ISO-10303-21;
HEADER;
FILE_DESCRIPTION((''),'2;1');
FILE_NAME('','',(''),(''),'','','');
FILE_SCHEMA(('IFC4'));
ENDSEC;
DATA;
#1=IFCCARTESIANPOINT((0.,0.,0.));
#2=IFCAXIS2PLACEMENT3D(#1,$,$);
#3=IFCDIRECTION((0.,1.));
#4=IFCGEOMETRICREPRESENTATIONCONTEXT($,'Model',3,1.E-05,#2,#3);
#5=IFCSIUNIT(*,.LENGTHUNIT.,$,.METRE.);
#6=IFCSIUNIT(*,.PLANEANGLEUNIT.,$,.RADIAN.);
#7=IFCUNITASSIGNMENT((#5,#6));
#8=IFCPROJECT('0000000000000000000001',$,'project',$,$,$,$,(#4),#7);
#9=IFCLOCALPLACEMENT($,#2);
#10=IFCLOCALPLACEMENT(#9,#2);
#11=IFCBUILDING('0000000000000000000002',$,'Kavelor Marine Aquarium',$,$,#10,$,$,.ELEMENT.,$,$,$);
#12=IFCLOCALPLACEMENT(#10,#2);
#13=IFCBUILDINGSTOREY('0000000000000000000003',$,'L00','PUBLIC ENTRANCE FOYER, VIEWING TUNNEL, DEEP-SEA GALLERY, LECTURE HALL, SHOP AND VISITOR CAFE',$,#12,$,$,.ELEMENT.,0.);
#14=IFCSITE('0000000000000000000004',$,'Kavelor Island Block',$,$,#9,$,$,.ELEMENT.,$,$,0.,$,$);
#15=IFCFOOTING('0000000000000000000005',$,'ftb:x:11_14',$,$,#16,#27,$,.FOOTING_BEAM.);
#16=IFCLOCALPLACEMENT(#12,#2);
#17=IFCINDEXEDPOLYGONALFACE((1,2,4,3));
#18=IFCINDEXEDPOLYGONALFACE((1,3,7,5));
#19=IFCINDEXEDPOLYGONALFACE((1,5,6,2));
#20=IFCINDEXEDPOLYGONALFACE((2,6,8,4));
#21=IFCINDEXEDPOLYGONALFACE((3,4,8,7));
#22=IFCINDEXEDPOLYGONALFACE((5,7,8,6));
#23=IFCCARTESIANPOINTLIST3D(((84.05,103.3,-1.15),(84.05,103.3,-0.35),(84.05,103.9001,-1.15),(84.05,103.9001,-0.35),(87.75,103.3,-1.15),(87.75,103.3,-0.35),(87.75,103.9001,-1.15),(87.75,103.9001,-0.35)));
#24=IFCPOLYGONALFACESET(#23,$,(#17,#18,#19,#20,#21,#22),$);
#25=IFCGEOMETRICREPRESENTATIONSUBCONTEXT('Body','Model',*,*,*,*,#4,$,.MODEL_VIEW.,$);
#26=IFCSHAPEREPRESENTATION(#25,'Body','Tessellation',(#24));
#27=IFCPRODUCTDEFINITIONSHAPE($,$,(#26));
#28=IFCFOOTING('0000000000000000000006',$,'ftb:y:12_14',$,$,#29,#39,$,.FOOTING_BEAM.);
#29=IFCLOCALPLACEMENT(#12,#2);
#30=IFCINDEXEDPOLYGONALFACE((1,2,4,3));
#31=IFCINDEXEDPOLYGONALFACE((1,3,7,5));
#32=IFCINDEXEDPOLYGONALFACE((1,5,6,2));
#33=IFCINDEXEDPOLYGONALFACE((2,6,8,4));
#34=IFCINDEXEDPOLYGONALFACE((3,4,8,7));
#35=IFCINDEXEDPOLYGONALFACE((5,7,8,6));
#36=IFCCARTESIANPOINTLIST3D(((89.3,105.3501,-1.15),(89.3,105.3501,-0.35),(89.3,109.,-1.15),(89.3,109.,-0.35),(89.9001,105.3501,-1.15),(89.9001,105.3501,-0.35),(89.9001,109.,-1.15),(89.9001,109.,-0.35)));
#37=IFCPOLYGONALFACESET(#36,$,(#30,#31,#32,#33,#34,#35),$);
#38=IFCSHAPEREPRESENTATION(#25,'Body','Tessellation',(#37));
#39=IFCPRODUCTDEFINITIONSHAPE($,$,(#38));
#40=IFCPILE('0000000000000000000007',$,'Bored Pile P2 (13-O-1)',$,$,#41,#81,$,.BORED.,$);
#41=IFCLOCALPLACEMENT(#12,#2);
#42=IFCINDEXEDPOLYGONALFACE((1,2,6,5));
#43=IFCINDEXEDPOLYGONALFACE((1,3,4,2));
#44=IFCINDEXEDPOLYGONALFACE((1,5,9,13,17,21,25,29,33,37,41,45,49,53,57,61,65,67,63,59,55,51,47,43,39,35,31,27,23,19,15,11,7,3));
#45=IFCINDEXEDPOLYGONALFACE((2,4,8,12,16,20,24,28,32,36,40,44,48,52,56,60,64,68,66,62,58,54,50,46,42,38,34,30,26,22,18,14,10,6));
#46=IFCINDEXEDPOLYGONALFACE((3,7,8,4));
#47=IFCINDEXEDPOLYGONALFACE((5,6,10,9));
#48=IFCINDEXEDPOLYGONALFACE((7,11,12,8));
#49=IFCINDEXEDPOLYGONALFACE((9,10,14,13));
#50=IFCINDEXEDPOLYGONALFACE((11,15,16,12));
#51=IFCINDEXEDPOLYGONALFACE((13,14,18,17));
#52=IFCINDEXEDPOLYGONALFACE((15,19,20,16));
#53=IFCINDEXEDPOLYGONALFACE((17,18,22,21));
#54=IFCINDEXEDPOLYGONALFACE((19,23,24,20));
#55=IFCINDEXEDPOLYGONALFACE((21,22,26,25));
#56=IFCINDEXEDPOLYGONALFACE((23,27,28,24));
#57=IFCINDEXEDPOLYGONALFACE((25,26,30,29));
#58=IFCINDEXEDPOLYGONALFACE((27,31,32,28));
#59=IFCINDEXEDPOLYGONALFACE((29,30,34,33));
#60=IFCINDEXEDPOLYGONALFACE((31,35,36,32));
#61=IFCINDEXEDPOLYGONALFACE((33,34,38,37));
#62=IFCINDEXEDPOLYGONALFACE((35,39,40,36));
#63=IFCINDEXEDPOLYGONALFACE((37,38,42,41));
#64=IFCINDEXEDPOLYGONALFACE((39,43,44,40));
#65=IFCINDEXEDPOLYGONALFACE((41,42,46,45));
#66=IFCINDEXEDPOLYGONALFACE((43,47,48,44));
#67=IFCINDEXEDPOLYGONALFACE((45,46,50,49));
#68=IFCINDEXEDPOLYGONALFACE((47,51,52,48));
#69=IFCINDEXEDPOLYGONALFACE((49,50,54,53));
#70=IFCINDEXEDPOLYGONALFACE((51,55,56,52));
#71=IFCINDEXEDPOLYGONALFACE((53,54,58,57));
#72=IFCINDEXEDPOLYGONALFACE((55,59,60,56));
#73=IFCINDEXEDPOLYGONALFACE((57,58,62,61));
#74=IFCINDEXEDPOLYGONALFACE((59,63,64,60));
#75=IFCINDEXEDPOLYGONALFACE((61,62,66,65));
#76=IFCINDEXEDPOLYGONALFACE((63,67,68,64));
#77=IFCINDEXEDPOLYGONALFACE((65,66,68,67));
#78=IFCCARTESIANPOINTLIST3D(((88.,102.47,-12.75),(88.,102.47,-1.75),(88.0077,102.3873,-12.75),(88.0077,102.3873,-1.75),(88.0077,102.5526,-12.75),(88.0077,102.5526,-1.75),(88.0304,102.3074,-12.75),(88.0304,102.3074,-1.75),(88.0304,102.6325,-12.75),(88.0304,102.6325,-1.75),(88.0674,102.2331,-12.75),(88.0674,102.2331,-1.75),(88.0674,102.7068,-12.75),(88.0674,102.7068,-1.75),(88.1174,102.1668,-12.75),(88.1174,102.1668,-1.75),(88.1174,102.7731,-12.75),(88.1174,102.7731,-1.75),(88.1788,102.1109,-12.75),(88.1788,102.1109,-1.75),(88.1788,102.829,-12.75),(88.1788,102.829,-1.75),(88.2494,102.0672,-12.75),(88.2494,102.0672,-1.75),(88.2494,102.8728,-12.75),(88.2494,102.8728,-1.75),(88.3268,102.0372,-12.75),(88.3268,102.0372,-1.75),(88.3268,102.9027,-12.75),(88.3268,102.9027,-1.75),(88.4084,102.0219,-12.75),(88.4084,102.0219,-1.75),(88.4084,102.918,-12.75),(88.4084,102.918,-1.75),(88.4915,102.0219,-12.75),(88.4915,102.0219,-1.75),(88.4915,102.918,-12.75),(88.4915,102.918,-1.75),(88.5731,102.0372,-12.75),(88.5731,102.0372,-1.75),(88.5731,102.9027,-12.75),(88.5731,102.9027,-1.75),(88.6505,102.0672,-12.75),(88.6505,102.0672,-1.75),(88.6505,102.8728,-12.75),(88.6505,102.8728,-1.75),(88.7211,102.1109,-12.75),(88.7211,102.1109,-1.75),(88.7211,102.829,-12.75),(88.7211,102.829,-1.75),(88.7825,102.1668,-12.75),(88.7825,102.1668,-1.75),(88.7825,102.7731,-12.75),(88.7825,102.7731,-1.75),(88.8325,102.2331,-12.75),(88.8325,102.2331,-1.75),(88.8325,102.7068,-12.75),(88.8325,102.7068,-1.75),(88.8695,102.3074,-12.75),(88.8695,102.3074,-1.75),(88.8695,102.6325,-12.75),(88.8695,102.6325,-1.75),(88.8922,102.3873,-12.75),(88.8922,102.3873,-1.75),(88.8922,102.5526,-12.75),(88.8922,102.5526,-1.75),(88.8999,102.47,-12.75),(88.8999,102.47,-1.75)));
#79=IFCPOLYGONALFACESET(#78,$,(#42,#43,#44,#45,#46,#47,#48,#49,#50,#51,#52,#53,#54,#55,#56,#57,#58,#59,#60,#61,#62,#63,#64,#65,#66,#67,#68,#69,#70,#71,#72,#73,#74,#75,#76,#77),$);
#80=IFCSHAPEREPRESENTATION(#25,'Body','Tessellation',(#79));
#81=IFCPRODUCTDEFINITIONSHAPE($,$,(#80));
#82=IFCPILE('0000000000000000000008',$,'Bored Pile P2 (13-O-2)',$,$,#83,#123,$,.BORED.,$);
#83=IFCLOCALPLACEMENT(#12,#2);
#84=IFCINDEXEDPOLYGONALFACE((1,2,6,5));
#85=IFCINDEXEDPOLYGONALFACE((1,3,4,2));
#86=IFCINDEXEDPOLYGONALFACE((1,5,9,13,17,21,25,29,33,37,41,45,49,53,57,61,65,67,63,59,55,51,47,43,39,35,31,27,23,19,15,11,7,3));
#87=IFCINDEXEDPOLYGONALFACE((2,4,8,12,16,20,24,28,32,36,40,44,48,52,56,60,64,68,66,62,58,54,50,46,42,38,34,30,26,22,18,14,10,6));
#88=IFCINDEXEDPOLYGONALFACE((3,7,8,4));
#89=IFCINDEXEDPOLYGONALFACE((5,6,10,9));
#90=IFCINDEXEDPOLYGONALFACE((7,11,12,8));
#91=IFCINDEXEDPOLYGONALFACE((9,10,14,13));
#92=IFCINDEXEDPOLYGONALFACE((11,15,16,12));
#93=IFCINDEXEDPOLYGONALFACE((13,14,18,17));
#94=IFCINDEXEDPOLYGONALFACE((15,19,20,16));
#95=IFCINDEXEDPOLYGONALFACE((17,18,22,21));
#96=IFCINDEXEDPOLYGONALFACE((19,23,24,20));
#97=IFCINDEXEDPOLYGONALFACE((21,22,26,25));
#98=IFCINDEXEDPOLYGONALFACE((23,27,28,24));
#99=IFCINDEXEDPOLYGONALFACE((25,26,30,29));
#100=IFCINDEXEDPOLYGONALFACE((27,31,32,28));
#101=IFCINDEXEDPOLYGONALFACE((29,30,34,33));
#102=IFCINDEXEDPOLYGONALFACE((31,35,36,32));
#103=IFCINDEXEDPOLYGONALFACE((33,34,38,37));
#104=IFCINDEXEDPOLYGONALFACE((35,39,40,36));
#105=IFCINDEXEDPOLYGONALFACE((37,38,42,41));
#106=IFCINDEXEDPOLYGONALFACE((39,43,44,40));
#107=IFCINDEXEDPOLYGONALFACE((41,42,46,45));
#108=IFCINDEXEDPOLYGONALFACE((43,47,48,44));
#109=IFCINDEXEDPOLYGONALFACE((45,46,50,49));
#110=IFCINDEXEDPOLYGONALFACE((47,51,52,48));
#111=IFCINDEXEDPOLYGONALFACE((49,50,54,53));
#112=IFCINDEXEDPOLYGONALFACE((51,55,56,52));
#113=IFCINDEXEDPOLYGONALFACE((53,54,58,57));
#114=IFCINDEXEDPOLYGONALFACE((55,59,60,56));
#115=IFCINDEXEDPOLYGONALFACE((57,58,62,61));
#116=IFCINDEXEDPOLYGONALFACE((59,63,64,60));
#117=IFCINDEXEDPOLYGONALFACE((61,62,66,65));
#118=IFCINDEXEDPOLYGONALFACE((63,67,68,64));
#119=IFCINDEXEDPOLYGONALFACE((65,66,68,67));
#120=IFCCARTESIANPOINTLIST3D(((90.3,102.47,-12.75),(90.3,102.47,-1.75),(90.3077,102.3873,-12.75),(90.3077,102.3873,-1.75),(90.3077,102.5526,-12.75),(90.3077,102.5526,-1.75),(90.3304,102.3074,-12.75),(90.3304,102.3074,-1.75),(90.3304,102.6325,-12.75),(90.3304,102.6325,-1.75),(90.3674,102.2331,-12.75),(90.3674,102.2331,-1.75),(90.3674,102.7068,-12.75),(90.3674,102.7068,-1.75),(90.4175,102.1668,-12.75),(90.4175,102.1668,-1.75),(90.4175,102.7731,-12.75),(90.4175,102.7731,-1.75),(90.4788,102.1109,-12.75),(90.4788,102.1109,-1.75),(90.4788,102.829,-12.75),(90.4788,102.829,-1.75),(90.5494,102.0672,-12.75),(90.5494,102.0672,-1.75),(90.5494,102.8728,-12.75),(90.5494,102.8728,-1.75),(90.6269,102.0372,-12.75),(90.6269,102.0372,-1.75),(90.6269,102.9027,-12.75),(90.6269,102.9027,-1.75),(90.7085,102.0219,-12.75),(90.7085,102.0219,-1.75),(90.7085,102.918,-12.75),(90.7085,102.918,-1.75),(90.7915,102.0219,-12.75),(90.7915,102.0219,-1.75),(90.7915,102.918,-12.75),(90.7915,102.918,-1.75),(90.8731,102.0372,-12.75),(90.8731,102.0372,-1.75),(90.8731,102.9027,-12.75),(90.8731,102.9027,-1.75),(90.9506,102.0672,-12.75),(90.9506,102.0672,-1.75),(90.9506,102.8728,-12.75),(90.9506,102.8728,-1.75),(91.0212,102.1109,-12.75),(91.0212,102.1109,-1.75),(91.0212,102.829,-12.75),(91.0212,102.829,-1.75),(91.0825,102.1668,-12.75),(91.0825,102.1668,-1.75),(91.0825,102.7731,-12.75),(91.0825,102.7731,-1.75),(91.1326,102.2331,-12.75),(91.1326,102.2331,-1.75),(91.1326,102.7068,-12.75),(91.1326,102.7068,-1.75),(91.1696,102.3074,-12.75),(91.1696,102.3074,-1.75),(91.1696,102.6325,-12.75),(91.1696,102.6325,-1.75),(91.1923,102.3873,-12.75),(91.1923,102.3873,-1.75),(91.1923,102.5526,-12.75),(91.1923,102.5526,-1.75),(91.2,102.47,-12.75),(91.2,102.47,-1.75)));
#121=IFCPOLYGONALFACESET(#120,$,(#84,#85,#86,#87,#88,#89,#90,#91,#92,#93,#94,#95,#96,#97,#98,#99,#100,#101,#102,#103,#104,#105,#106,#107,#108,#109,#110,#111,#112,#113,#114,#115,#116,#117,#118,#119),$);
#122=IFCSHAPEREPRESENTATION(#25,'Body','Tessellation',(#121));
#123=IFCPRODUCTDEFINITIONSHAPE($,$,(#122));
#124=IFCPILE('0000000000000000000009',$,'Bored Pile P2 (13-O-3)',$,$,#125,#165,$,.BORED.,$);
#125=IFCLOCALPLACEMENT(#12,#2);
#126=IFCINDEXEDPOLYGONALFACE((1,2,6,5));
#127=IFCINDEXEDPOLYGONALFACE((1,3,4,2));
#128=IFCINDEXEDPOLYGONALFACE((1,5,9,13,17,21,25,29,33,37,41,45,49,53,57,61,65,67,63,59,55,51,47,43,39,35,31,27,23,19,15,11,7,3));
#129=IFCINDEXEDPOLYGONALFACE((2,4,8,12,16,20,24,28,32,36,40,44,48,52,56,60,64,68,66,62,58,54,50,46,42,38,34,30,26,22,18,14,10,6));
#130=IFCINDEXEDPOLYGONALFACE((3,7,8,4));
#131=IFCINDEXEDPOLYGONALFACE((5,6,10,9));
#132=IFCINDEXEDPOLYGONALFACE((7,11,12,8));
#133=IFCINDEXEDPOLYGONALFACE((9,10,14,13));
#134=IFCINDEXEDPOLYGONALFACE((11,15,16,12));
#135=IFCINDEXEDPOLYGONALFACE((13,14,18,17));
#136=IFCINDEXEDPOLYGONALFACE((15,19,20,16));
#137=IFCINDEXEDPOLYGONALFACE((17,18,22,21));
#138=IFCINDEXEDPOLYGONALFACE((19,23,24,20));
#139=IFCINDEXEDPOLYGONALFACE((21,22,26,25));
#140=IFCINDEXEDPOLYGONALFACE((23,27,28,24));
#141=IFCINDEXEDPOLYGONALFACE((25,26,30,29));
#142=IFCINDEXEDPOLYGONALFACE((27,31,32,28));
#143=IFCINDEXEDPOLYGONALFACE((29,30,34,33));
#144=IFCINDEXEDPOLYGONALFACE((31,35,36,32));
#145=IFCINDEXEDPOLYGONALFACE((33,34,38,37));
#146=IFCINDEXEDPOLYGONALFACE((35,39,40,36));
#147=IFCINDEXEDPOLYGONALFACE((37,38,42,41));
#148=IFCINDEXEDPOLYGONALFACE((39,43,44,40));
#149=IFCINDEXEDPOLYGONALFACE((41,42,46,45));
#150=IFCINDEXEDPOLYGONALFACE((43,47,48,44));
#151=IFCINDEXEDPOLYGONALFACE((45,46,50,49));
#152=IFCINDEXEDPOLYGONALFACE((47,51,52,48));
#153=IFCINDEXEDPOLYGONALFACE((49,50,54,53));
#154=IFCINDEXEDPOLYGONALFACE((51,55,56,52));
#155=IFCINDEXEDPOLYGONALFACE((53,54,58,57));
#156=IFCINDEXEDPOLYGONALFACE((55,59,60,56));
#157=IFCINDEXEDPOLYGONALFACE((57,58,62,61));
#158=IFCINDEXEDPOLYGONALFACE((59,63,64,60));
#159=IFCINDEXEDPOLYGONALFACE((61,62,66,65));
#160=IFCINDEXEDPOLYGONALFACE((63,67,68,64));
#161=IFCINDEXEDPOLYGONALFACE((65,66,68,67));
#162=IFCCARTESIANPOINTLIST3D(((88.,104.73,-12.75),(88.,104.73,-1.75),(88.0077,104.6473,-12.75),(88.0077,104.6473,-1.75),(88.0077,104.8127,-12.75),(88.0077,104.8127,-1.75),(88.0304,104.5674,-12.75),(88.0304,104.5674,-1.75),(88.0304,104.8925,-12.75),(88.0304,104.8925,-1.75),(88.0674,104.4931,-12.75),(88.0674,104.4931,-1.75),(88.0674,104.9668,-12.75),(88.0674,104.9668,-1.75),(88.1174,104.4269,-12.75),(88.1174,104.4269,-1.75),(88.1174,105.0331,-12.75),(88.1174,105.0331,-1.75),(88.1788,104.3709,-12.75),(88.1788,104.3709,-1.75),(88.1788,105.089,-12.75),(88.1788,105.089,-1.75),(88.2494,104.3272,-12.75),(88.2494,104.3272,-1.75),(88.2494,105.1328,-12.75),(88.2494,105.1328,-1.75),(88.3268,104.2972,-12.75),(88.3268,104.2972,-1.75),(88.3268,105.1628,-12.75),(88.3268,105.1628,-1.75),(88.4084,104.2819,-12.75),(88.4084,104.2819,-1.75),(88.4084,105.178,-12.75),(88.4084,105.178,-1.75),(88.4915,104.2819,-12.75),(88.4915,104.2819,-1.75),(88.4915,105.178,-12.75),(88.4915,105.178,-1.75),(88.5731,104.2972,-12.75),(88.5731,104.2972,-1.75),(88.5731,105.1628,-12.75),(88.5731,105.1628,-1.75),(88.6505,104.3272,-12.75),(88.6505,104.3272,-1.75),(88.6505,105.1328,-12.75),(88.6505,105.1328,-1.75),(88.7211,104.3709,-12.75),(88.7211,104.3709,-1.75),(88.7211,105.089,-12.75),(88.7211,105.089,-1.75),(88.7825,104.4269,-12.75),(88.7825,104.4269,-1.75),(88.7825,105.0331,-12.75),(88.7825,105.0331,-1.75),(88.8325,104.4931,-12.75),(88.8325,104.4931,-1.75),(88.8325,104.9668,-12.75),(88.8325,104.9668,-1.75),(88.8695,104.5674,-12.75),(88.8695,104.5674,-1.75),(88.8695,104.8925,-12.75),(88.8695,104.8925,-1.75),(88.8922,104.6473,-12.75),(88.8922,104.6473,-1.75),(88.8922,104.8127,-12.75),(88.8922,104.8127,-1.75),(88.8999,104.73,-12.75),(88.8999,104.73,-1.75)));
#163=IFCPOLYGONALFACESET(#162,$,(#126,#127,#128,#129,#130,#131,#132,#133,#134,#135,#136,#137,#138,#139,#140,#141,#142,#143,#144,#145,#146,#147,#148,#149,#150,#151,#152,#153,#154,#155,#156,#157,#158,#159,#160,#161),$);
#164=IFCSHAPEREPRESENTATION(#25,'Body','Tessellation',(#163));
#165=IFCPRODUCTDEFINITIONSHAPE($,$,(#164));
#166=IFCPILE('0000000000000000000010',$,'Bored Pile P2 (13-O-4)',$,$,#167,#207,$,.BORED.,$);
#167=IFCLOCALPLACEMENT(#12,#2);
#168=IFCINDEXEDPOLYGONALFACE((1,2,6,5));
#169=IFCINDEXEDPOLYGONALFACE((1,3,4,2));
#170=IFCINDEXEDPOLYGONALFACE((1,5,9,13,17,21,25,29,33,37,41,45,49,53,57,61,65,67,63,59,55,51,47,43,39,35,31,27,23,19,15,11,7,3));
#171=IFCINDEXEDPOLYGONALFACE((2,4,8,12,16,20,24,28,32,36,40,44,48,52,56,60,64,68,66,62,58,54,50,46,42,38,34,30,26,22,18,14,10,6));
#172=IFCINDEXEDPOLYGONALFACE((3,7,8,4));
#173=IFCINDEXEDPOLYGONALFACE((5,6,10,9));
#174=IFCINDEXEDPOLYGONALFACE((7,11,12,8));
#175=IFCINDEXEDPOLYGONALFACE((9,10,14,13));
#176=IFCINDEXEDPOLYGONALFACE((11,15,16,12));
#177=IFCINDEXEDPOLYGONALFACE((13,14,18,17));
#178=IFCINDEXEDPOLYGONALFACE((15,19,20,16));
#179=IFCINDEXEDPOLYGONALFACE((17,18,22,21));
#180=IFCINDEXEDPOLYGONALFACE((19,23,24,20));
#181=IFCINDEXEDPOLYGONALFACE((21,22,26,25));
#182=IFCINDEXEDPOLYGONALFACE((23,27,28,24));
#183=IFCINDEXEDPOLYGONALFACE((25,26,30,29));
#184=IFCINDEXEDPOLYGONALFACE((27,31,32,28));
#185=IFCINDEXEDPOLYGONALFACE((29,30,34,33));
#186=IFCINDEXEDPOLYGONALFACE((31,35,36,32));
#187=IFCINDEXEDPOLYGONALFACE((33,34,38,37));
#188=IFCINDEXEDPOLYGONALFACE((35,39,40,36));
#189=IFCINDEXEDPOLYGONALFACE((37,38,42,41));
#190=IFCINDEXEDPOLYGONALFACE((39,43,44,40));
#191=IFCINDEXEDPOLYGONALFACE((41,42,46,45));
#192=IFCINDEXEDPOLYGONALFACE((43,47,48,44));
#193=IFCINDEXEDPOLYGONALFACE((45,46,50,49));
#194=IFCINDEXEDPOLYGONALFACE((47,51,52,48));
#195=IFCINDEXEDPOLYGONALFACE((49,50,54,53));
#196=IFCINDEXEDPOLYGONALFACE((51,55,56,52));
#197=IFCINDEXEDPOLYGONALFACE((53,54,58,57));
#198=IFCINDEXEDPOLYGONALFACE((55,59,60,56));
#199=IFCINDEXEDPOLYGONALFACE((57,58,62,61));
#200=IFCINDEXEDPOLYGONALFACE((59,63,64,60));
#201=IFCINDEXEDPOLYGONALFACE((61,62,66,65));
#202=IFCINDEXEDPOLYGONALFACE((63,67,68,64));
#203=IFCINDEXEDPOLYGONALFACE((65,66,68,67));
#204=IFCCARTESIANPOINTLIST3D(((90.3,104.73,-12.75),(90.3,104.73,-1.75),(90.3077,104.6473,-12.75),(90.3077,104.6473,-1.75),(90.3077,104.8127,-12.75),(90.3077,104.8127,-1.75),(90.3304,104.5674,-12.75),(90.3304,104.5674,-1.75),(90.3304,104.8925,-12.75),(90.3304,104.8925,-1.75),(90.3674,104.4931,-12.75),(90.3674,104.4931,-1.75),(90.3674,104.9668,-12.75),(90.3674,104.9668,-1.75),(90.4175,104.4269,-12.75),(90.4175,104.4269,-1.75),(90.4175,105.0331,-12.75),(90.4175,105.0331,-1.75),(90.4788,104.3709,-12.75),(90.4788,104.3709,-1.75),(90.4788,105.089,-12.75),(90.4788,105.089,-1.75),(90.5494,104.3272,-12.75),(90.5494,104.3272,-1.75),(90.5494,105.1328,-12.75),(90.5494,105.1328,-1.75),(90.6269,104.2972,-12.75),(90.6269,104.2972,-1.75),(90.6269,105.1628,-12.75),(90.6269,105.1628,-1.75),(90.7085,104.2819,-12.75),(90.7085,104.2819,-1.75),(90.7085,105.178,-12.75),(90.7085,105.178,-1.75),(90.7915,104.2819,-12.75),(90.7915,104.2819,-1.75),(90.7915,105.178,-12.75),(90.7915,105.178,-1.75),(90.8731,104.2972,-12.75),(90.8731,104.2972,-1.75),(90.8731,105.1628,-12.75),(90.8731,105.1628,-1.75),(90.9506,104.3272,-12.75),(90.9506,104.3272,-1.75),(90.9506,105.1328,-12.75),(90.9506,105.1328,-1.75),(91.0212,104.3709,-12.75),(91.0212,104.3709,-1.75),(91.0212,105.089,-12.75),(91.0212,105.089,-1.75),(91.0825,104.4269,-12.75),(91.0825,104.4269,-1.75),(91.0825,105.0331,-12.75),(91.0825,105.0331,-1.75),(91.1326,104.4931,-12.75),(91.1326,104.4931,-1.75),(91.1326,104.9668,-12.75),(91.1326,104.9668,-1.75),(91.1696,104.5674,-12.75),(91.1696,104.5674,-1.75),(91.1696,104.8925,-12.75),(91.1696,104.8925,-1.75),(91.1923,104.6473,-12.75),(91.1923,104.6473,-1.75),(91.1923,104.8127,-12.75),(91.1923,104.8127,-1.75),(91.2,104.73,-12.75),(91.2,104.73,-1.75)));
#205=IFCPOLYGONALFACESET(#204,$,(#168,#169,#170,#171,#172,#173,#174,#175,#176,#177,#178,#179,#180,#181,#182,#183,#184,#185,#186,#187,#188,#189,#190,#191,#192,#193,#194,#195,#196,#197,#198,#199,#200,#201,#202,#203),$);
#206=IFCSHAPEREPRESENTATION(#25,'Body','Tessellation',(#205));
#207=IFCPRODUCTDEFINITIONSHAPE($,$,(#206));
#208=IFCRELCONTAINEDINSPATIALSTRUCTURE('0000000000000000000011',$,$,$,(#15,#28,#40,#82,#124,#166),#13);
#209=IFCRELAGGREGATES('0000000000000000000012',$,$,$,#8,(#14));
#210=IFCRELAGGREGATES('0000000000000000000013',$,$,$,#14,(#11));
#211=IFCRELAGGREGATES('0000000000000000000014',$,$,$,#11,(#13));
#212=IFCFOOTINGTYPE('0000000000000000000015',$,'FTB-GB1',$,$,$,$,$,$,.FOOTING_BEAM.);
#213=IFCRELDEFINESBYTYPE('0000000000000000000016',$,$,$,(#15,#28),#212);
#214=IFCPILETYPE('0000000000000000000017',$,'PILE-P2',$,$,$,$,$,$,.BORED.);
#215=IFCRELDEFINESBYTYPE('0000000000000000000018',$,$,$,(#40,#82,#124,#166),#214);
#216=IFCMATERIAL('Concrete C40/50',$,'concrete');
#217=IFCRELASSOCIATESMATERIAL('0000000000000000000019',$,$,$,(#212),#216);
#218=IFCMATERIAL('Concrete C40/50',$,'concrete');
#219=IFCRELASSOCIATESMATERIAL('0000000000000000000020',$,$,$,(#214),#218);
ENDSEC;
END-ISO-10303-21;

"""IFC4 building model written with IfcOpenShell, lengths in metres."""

from ifc_helpers import new_model, si_unit, direction, frame, origin, origin_2d, place, context, subcontext, project, spatial, rectangle, circle, extrude, material, material_profile, profile_set, type_object, element, save


model = new_model("IFC4")

# Units and contexts
model_context = context("Model", 3, precision=1e-05, world=origin(), true_north=direction((0.0, 1.0)))
body_context = subcontext(model_context, "Body", "Model", "MODEL_VIEW")
ifc_project = project(units=[si_unit("LENGTHUNIT", "METRE"), si_unit("PLANEANGLEUNIT", "RADIAN")], contexts=[model_context])

# Site, building, storey
site_placement = place(None, origin())
site = spatial("IfcSite", under=ifc_project, at=site_placement, Name="Kavelor Island Block", CompositionType="ELEMENT", RefElevation=0.0)
building_placement = place(site_placement, origin())
building = spatial("IfcBuilding", under=site, at=building_placement, Name="Kavelor Marine Aquarium", CompositionType="ELEMENT")
storey_placement = place(building_placement, origin())
storey = spatial("IfcBuildingStorey", under=building, at=storey_placement, Name="L00", Description="PUBLIC ENTRANCE FOYER, VIEWING TUNNEL, DEEP-SEA GALLERY, LECTURE HALL, SHOP AND VISITOR CAFE", CompositionType="ELEMENT", Elevation=0.0)

# Footings
ifc_material_1 = material(Name="Concrete C40/50", Category="concrete")
ifc_material_profile_1 = material_profile(ifc_material_1, rectangle(XDim=0.6001, YDim=0.8, at=origin_2d()), Name="GB 600x800")
ifc_profile_set_1 = profile_set([ifc_material_profile_1], Name="Concrete C40/50")
footing_type = type_object("IfcFootingType", Name="FTB-GB1", PredefinedType="FOOTING_BEAM", material=ifc_profile_set_1)
footing_1_placement = place(storey_placement, frame((84.05, 103.6001, -0.75), z_axis=(1.0, 0.0, 0.0), x_axis=(0.0, 1.0, 0.0)))
element("IfcFooting", 1, at=footing_1_placement, inside=storey, type_object=footing_type, Name="ftb:x:11_14", PredefinedType="FOOTING_BEAM", context=body_context, shape_type="SweptSolid", body=[
    extrude(rectangle(XDim=0.6001, YDim=0.8, at=origin_2d()), origin(), (0.0, 0.0, 1.0), 3.7),
])
footing_2_placement = place(storey_placement, frame((89.6001, 105.3501, -0.75), z_axis=(0.0, 1.0, 0.0), x_axis=(-1.0, 0.0, 0.0)))
element("IfcFooting", 2, at=footing_2_placement, inside=storey, type_object=footing_type, Name="ftb:y:12_14", PredefinedType="FOOTING_BEAM", context=body_context, shape_type="SweptSolid", body=[
    extrude(rectangle(XDim=0.6001, YDim=0.8, at=origin_2d()), origin(), (0.0, 0.0, 1.0), 3.6499),
])

# Piles
ifc_material_2 = material(Name="Concrete C40/50", Category="concrete")
ifc_material_profile_2 = material_profile(ifc_material_2, circle(Radius=0.45, at=origin_2d()), Name="PILE D900")
ifc_profile_set_2 = profile_set([ifc_material_profile_2], Name="Concrete C40/50")
pile_type_1 = type_object("IfcPileType", Name="PILE-P2", PredefinedType="BORED", material=ifc_profile_set_2)
for number, where, z_axis, x_axis, name in (
    (3, (88.45, 102.47, -1.75), (0.0, 0.0, -1.0), (1.0, 0.0, 0.0), "Bored Pile P2 (13-O-1)"),
    (4, (90.75, 102.47, -1.75), (0.0, 0.0, -1.0), (1.0, 0.0, 0.0), "Bored Pile P2 (13-O-2)"),
    (5, (88.45, 104.73, -1.75), (0.0, 0.0, -1.0), (1.0, 0.0, 0.0), "Bored Pile P2 (13-O-3)"),
    (6, (90.75, 104.73, -1.75), (0.0, 0.0, -1.0), (1.0, 0.0, 0.0), "Bored Pile P2 (13-O-4)"),
):
    element("IfcPile", number, at=place(storey_placement, frame(where, z_axis=z_axis, x_axis=x_axis)), inside=storey, type_object=pile_type_1, Name=name, PredefinedType="BORED", context=body_context, shape_type="SweptSolid", body=[
        extrude(circle(Radius=0.45, at=origin_2d()), origin(), (0.0, 0.0, 1.0), 11.0),
    ])

save(model, "model.ifc")
